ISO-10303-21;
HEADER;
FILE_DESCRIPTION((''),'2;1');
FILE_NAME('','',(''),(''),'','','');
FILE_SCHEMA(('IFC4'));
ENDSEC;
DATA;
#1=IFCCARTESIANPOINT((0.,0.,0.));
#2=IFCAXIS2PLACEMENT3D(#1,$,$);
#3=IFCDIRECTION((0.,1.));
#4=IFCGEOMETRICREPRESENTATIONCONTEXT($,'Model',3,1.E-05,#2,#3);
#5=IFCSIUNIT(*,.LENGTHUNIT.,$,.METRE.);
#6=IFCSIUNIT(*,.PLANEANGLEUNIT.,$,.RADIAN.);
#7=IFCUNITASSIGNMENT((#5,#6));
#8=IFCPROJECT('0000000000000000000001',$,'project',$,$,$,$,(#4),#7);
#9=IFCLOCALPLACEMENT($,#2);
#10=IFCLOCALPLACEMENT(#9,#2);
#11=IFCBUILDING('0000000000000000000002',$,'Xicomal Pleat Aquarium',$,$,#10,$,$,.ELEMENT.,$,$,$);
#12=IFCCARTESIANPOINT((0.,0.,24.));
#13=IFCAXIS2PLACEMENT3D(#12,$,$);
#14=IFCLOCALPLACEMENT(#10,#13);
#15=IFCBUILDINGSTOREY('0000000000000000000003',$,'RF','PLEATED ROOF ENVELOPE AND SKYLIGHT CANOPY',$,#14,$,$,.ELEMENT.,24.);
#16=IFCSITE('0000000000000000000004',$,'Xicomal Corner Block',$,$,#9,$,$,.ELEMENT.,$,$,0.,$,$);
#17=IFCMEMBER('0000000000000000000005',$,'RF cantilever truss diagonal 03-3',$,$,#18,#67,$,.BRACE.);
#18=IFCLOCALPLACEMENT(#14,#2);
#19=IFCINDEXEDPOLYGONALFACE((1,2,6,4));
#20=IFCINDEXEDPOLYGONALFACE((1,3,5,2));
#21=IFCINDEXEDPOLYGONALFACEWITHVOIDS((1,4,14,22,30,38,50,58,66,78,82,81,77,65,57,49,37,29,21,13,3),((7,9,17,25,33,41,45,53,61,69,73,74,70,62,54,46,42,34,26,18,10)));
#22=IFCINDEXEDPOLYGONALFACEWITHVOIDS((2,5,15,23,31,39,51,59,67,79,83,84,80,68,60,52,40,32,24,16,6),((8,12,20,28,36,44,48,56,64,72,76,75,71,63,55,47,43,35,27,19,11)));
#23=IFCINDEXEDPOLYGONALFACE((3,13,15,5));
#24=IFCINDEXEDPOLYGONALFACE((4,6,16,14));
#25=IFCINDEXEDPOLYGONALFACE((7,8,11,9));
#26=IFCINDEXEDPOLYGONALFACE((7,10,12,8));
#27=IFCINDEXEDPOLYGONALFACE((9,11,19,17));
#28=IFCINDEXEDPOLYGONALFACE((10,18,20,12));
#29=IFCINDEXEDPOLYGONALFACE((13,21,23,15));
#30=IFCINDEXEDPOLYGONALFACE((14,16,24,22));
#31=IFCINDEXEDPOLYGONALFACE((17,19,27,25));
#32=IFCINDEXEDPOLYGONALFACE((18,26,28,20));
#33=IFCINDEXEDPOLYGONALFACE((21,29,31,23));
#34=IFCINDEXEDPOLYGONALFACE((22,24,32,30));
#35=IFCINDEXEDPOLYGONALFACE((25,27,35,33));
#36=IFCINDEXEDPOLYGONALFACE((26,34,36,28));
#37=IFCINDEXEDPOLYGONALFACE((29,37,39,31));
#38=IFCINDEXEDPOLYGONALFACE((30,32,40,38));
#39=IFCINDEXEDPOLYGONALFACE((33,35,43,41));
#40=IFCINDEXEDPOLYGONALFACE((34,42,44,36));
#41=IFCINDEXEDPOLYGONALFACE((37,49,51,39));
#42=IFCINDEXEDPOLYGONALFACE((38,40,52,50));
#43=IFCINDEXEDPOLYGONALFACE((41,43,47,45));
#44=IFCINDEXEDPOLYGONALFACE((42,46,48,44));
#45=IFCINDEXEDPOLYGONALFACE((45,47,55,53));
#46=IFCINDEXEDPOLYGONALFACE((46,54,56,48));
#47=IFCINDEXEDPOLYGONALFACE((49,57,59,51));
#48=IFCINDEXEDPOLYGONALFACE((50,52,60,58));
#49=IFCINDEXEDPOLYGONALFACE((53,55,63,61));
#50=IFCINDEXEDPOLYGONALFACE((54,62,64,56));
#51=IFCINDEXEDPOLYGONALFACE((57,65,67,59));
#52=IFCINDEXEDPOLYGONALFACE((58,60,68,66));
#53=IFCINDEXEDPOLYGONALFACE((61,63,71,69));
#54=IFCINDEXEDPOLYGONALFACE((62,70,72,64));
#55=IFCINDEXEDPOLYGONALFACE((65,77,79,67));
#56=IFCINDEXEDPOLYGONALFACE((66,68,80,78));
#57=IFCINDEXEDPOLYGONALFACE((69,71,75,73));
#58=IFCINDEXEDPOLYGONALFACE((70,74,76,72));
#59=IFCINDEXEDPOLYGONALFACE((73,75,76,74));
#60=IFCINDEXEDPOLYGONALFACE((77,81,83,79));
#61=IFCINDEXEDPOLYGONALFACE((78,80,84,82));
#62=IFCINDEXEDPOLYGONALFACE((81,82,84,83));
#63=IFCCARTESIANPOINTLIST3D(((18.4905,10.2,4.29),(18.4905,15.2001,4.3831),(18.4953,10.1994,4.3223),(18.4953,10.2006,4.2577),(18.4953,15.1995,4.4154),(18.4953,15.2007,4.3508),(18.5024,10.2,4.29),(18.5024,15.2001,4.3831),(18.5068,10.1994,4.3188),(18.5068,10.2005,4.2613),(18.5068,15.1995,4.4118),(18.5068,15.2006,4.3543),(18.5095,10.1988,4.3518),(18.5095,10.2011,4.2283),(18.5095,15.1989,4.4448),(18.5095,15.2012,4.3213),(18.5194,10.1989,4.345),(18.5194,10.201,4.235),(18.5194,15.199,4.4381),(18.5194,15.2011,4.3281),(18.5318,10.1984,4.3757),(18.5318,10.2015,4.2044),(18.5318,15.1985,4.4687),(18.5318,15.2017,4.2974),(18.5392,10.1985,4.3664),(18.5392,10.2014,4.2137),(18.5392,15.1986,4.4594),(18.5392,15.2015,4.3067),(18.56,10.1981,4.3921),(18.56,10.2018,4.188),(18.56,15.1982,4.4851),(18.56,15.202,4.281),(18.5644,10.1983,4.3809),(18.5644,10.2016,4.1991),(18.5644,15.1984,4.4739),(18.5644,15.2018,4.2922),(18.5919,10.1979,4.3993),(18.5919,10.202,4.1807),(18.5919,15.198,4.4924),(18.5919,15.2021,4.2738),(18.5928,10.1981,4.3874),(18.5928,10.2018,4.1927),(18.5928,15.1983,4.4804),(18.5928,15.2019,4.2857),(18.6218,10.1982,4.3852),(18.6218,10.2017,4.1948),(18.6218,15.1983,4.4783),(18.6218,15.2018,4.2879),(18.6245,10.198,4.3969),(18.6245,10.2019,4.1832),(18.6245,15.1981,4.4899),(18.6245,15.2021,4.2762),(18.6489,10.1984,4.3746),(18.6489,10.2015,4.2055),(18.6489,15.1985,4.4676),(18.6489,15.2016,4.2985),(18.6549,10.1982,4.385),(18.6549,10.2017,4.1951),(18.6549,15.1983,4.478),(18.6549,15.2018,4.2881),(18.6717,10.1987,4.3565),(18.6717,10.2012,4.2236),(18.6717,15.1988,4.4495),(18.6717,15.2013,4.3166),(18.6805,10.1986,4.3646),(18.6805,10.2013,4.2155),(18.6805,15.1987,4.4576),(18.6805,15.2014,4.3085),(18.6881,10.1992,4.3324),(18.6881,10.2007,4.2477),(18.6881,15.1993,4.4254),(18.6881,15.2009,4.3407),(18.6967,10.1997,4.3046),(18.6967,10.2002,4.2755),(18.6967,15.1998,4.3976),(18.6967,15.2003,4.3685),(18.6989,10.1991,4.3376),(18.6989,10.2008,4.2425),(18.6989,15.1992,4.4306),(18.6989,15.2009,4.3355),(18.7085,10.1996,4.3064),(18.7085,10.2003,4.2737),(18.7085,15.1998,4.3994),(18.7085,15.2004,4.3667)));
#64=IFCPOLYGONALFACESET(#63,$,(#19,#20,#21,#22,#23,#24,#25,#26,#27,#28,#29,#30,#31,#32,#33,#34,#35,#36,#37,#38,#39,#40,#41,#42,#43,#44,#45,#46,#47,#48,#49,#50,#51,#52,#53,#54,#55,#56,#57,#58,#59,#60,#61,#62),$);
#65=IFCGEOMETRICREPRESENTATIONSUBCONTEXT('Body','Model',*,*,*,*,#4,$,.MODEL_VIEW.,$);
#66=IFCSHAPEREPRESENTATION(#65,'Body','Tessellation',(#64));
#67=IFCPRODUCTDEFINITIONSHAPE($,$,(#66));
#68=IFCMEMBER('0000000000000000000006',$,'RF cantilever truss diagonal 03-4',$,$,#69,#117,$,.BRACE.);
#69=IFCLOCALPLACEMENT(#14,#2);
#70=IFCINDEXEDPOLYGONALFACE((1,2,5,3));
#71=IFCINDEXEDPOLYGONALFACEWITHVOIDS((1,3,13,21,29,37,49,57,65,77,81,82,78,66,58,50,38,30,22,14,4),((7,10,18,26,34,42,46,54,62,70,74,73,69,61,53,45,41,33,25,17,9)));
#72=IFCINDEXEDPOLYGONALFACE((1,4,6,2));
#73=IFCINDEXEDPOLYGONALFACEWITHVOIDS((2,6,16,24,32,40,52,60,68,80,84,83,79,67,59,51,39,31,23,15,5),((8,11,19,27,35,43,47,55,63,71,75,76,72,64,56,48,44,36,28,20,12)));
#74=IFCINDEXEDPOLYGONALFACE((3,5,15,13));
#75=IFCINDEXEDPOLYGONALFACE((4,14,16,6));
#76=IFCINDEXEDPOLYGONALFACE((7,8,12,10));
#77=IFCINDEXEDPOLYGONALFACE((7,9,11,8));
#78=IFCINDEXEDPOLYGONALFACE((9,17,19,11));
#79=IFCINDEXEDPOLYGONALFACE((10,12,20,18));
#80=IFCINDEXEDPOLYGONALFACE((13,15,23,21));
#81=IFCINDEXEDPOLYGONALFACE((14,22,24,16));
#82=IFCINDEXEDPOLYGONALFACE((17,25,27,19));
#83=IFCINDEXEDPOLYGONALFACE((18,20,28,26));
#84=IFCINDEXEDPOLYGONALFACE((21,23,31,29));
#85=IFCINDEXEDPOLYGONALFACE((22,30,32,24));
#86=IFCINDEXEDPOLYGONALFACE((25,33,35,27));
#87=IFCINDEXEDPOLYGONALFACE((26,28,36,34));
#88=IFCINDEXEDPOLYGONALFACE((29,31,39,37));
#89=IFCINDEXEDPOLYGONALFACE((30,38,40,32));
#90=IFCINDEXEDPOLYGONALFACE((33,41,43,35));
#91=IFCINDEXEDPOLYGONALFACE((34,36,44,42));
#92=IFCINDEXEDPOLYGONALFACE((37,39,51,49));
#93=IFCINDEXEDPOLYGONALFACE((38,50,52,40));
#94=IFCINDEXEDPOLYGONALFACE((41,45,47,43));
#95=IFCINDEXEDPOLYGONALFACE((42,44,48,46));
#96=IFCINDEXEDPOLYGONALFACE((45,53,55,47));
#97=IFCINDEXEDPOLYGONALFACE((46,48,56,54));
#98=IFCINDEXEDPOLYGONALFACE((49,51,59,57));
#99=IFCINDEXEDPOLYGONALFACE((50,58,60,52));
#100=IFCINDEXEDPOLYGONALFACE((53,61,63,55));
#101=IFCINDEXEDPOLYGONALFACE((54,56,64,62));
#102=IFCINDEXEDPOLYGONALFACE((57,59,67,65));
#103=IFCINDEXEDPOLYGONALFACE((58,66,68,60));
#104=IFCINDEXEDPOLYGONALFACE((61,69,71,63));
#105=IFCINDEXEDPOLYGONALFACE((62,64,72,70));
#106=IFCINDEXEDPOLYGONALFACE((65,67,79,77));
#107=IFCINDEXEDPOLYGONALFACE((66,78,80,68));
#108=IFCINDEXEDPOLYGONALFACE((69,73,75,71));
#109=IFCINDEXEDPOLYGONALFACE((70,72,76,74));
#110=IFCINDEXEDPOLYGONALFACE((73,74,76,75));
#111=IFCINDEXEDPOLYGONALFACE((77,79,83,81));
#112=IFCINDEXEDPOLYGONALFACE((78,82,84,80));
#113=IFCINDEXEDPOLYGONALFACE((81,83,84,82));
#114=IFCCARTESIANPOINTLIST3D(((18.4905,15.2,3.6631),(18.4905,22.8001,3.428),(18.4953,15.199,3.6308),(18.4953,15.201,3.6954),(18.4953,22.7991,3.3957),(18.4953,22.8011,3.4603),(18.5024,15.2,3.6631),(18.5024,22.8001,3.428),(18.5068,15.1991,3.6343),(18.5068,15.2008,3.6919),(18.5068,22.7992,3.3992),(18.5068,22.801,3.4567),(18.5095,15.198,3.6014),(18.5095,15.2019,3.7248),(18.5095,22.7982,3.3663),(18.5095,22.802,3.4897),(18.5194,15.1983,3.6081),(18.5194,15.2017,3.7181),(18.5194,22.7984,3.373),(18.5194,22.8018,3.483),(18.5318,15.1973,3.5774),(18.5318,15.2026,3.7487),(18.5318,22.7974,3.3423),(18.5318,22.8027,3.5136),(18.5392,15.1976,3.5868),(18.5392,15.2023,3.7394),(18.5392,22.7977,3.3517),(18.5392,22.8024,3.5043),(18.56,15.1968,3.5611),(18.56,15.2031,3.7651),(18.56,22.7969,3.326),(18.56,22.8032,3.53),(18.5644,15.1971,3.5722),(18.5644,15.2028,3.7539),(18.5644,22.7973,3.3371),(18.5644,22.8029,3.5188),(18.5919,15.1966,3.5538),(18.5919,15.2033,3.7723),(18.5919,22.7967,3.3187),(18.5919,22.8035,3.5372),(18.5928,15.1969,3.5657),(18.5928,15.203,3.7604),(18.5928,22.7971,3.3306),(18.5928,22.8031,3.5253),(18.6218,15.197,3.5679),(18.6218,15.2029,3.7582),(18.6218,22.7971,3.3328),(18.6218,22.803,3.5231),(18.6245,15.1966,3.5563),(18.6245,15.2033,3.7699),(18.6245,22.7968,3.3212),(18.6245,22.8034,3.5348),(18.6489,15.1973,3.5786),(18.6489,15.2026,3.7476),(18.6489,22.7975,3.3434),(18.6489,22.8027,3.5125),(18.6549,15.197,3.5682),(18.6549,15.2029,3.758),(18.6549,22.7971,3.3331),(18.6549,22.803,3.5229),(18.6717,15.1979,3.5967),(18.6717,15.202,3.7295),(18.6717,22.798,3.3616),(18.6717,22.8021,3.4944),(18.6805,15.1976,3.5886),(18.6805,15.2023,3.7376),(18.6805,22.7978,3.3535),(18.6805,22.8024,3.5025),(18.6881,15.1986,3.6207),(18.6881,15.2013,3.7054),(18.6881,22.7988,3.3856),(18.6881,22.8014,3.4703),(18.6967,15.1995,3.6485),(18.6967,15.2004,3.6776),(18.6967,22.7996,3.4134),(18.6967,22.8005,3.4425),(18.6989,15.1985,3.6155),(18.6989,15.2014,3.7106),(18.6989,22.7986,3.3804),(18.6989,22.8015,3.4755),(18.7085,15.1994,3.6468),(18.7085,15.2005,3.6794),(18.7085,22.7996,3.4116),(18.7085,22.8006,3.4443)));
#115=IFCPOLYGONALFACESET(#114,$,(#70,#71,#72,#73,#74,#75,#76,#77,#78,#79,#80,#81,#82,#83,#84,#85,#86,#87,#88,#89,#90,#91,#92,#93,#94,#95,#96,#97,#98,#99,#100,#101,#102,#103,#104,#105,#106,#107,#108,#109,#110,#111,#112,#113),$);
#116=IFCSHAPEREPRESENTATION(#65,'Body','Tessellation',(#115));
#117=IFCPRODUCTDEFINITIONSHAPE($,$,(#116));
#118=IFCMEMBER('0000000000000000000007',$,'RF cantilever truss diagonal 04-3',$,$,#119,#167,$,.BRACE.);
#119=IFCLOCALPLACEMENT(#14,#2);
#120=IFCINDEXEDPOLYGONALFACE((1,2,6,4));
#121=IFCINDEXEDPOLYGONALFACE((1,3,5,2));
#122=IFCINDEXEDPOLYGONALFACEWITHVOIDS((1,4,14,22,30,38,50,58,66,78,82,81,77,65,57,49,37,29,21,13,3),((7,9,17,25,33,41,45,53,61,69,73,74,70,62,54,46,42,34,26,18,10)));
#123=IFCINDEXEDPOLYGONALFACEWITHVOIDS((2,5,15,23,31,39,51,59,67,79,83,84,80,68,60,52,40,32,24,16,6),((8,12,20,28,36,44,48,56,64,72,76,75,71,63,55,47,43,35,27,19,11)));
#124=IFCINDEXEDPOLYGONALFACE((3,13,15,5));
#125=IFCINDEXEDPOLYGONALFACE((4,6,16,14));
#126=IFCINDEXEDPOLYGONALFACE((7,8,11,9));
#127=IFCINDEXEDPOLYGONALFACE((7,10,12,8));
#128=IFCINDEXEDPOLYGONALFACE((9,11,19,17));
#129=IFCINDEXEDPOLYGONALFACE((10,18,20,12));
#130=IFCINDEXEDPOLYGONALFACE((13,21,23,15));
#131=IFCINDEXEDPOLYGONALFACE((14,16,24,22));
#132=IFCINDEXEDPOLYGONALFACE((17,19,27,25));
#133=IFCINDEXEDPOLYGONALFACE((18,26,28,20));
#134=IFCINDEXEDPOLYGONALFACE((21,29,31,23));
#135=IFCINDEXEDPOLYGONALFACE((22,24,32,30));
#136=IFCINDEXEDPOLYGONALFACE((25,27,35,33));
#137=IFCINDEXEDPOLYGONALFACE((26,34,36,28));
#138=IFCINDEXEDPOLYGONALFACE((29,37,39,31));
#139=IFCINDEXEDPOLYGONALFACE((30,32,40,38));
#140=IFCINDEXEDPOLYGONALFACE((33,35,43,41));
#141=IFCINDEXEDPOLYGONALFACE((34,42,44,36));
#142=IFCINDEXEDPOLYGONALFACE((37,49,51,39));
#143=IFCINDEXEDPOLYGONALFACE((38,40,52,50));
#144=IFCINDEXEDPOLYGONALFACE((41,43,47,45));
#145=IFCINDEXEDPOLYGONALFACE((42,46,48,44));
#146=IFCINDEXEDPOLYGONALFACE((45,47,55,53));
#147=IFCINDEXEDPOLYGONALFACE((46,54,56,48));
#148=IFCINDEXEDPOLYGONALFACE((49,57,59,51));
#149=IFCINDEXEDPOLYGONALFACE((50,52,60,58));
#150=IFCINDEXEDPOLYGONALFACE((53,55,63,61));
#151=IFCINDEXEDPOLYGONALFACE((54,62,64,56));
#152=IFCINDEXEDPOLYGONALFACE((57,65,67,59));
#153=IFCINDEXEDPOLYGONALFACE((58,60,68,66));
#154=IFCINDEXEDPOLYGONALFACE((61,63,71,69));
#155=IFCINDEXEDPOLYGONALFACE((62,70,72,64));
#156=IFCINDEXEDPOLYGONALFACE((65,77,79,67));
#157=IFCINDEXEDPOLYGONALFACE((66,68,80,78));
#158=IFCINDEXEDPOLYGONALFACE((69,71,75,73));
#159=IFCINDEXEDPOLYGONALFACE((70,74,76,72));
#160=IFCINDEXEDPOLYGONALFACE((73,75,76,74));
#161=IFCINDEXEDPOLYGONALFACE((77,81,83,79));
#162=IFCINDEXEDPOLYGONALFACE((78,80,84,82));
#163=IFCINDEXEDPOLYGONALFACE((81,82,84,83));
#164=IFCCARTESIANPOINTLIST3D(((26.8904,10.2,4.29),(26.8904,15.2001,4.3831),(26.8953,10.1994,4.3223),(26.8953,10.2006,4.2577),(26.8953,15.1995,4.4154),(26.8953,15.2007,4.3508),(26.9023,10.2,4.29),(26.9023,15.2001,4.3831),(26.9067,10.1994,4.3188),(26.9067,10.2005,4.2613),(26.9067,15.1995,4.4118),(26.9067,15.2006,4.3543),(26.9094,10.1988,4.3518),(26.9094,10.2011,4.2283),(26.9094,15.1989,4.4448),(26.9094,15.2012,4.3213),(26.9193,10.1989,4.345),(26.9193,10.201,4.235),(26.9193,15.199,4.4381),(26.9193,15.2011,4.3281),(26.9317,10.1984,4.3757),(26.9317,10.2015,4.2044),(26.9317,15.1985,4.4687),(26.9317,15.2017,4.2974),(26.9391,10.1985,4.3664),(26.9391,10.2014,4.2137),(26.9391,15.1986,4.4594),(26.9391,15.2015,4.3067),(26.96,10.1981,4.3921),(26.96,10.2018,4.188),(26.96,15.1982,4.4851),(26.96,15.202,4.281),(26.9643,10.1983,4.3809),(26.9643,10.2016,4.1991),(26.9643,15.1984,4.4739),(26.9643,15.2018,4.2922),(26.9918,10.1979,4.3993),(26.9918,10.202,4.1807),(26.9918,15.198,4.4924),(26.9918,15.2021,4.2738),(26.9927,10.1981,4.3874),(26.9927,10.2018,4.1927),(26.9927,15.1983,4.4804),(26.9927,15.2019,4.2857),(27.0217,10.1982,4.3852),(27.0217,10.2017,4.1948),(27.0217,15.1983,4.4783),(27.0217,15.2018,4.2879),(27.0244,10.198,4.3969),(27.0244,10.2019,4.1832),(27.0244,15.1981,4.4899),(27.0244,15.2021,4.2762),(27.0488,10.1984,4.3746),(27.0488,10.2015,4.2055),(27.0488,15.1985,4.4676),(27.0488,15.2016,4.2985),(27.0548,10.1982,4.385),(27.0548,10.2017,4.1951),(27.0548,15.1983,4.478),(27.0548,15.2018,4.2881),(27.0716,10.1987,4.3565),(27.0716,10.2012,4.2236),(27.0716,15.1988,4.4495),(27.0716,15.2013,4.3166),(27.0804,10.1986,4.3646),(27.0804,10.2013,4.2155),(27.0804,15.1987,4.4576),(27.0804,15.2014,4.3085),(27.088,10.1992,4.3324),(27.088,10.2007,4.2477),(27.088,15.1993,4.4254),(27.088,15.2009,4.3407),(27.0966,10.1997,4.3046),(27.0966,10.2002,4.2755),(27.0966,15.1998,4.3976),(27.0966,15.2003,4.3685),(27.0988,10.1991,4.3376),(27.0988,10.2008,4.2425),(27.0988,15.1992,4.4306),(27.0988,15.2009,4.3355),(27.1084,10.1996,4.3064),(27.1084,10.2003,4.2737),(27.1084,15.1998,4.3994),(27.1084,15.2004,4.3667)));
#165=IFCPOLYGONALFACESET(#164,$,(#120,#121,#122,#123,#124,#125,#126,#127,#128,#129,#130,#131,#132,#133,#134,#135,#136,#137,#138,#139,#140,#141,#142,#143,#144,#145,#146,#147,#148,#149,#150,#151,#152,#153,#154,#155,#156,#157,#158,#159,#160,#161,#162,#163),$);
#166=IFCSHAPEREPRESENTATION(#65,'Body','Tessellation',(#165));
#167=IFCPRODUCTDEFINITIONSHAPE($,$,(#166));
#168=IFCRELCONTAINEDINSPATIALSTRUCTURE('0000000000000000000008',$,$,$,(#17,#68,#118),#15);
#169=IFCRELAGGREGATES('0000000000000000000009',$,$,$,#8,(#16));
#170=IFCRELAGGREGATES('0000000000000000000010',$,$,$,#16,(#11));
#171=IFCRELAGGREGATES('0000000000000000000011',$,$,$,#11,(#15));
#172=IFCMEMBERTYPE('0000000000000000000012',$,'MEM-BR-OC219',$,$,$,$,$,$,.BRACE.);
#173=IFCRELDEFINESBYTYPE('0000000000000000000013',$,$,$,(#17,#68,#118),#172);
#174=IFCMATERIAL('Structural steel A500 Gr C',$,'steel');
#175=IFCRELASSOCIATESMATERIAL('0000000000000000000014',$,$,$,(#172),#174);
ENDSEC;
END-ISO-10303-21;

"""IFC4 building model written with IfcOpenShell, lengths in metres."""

from ifc_helpers import new_model, si_unit, direction, frame, origin, origin_2d, place, context, subcontext, project, spatial, hollow_circle, extrude, material, material_profile, profile_set, type_object, element, save


model = new_model("IFC4")

# Units and contexts
model_context = context("Model", 3, precision=1e-05, world=origin(), true_north=direction((0.0, 1.0)))
body_context = subcontext(model_context, "Body", "Model", "MODEL_VIEW")
ifc_project = project(units=[si_unit("LENGTHUNIT", "METRE"), si_unit("PLANEANGLEUNIT", "RADIAN")], contexts=[model_context])

# Site, building, storey
site_placement = place(None, origin())
site = spatial("IfcSite", under=ifc_project, at=site_placement, Name="Xicomal Corner Block", CompositionType="ELEMENT", RefElevation=0.0)
building_placement = place(site_placement, origin())
building = spatial("IfcBuilding", under=site, at=building_placement, Name="Xicomal Pleat Aquarium", CompositionType="ELEMENT")
storey_placement = place(building_placement, frame((0.0, 0.0, 24.0)))
storey = spatial("IfcBuildingStorey", under=building, at=storey_placement, Name="RF", Description="PLEATED ROOF ENVELOPE AND SKYLIGHT CANOPY", CompositionType="ELEMENT", Elevation=24.0)

# Members
ifc_material_1 = material(Name="Structural steel A500 Gr C", Category="steel")
ifc_material_profile_1 = material_profile(ifc_material_1, hollow_circle(Radius=0.1096, WallThickness=0.012, at=origin_2d()), Name="OC 219x12")
ifc_profile_set_1 = profile_set([ifc_material_profile_1], Name="Structural steel A500 Gr C")
member_type = type_object("IfcMemberType", Name="MEM-BR-OC219", PredefinedType="BRACE", material=ifc_profile_set_1)
member_1_placement = place(storey_placement, frame((18.6001, 10.2, 4.29), z_axis=(0.0, 0.999827, 0.0186), x_axis=(-1.0, 0.0, 0.0)))
element("IfcMember", 1, at=member_1_placement, inside=storey, type_object=member_type, Name="RF cantilever truss diagonal 03-3", PredefinedType="BRACE", context=body_context, shape_type="SweptSolid", body=[
    extrude(hollow_circle(Radius=0.1096, WallThickness=0.012, at=origin_2d()), origin(), (0.0, 0.0, 1.0), 5.001),
])
member_2_placement = place(storey_placement, frame((18.6001, 15.2, 3.6631), z_axis=(0.0, 0.999522, -0.03092), x_axis=(-1.0, 0.0, 0.0)))
element("IfcMember", 2, at=member_2_placement, inside=storey, type_object=member_type, Name="RF cantilever truss diagonal 03-4", PredefinedType="BRACE", context=body_context, shape_type="SweptSolid", body=[
    extrude(hollow_circle(Radius=0.1096, WallThickness=0.012, at=origin_2d()), origin(), (0.0, 0.0, 1.0), 7.6038),
])
member_3_placement = place(storey_placement, frame((27.0, 10.2, 4.29), z_axis=(0.0, 0.999827, 0.0186), x_axis=(-1.0, 0.0, 0.0)))
element("IfcMember", 3, at=member_3_placement, inside=storey, type_object=member_type, Name="RF cantilever truss diagonal 04-3", PredefinedType="BRACE", context=body_context, shape_type="SweptSolid", body=[
    extrude(hollow_circle(Radius=0.1096, WallThickness=0.012, at=origin_2d()), origin(), (0.0, 0.0, 1.0), 5.001),
])

save(model, "model.ifc")
